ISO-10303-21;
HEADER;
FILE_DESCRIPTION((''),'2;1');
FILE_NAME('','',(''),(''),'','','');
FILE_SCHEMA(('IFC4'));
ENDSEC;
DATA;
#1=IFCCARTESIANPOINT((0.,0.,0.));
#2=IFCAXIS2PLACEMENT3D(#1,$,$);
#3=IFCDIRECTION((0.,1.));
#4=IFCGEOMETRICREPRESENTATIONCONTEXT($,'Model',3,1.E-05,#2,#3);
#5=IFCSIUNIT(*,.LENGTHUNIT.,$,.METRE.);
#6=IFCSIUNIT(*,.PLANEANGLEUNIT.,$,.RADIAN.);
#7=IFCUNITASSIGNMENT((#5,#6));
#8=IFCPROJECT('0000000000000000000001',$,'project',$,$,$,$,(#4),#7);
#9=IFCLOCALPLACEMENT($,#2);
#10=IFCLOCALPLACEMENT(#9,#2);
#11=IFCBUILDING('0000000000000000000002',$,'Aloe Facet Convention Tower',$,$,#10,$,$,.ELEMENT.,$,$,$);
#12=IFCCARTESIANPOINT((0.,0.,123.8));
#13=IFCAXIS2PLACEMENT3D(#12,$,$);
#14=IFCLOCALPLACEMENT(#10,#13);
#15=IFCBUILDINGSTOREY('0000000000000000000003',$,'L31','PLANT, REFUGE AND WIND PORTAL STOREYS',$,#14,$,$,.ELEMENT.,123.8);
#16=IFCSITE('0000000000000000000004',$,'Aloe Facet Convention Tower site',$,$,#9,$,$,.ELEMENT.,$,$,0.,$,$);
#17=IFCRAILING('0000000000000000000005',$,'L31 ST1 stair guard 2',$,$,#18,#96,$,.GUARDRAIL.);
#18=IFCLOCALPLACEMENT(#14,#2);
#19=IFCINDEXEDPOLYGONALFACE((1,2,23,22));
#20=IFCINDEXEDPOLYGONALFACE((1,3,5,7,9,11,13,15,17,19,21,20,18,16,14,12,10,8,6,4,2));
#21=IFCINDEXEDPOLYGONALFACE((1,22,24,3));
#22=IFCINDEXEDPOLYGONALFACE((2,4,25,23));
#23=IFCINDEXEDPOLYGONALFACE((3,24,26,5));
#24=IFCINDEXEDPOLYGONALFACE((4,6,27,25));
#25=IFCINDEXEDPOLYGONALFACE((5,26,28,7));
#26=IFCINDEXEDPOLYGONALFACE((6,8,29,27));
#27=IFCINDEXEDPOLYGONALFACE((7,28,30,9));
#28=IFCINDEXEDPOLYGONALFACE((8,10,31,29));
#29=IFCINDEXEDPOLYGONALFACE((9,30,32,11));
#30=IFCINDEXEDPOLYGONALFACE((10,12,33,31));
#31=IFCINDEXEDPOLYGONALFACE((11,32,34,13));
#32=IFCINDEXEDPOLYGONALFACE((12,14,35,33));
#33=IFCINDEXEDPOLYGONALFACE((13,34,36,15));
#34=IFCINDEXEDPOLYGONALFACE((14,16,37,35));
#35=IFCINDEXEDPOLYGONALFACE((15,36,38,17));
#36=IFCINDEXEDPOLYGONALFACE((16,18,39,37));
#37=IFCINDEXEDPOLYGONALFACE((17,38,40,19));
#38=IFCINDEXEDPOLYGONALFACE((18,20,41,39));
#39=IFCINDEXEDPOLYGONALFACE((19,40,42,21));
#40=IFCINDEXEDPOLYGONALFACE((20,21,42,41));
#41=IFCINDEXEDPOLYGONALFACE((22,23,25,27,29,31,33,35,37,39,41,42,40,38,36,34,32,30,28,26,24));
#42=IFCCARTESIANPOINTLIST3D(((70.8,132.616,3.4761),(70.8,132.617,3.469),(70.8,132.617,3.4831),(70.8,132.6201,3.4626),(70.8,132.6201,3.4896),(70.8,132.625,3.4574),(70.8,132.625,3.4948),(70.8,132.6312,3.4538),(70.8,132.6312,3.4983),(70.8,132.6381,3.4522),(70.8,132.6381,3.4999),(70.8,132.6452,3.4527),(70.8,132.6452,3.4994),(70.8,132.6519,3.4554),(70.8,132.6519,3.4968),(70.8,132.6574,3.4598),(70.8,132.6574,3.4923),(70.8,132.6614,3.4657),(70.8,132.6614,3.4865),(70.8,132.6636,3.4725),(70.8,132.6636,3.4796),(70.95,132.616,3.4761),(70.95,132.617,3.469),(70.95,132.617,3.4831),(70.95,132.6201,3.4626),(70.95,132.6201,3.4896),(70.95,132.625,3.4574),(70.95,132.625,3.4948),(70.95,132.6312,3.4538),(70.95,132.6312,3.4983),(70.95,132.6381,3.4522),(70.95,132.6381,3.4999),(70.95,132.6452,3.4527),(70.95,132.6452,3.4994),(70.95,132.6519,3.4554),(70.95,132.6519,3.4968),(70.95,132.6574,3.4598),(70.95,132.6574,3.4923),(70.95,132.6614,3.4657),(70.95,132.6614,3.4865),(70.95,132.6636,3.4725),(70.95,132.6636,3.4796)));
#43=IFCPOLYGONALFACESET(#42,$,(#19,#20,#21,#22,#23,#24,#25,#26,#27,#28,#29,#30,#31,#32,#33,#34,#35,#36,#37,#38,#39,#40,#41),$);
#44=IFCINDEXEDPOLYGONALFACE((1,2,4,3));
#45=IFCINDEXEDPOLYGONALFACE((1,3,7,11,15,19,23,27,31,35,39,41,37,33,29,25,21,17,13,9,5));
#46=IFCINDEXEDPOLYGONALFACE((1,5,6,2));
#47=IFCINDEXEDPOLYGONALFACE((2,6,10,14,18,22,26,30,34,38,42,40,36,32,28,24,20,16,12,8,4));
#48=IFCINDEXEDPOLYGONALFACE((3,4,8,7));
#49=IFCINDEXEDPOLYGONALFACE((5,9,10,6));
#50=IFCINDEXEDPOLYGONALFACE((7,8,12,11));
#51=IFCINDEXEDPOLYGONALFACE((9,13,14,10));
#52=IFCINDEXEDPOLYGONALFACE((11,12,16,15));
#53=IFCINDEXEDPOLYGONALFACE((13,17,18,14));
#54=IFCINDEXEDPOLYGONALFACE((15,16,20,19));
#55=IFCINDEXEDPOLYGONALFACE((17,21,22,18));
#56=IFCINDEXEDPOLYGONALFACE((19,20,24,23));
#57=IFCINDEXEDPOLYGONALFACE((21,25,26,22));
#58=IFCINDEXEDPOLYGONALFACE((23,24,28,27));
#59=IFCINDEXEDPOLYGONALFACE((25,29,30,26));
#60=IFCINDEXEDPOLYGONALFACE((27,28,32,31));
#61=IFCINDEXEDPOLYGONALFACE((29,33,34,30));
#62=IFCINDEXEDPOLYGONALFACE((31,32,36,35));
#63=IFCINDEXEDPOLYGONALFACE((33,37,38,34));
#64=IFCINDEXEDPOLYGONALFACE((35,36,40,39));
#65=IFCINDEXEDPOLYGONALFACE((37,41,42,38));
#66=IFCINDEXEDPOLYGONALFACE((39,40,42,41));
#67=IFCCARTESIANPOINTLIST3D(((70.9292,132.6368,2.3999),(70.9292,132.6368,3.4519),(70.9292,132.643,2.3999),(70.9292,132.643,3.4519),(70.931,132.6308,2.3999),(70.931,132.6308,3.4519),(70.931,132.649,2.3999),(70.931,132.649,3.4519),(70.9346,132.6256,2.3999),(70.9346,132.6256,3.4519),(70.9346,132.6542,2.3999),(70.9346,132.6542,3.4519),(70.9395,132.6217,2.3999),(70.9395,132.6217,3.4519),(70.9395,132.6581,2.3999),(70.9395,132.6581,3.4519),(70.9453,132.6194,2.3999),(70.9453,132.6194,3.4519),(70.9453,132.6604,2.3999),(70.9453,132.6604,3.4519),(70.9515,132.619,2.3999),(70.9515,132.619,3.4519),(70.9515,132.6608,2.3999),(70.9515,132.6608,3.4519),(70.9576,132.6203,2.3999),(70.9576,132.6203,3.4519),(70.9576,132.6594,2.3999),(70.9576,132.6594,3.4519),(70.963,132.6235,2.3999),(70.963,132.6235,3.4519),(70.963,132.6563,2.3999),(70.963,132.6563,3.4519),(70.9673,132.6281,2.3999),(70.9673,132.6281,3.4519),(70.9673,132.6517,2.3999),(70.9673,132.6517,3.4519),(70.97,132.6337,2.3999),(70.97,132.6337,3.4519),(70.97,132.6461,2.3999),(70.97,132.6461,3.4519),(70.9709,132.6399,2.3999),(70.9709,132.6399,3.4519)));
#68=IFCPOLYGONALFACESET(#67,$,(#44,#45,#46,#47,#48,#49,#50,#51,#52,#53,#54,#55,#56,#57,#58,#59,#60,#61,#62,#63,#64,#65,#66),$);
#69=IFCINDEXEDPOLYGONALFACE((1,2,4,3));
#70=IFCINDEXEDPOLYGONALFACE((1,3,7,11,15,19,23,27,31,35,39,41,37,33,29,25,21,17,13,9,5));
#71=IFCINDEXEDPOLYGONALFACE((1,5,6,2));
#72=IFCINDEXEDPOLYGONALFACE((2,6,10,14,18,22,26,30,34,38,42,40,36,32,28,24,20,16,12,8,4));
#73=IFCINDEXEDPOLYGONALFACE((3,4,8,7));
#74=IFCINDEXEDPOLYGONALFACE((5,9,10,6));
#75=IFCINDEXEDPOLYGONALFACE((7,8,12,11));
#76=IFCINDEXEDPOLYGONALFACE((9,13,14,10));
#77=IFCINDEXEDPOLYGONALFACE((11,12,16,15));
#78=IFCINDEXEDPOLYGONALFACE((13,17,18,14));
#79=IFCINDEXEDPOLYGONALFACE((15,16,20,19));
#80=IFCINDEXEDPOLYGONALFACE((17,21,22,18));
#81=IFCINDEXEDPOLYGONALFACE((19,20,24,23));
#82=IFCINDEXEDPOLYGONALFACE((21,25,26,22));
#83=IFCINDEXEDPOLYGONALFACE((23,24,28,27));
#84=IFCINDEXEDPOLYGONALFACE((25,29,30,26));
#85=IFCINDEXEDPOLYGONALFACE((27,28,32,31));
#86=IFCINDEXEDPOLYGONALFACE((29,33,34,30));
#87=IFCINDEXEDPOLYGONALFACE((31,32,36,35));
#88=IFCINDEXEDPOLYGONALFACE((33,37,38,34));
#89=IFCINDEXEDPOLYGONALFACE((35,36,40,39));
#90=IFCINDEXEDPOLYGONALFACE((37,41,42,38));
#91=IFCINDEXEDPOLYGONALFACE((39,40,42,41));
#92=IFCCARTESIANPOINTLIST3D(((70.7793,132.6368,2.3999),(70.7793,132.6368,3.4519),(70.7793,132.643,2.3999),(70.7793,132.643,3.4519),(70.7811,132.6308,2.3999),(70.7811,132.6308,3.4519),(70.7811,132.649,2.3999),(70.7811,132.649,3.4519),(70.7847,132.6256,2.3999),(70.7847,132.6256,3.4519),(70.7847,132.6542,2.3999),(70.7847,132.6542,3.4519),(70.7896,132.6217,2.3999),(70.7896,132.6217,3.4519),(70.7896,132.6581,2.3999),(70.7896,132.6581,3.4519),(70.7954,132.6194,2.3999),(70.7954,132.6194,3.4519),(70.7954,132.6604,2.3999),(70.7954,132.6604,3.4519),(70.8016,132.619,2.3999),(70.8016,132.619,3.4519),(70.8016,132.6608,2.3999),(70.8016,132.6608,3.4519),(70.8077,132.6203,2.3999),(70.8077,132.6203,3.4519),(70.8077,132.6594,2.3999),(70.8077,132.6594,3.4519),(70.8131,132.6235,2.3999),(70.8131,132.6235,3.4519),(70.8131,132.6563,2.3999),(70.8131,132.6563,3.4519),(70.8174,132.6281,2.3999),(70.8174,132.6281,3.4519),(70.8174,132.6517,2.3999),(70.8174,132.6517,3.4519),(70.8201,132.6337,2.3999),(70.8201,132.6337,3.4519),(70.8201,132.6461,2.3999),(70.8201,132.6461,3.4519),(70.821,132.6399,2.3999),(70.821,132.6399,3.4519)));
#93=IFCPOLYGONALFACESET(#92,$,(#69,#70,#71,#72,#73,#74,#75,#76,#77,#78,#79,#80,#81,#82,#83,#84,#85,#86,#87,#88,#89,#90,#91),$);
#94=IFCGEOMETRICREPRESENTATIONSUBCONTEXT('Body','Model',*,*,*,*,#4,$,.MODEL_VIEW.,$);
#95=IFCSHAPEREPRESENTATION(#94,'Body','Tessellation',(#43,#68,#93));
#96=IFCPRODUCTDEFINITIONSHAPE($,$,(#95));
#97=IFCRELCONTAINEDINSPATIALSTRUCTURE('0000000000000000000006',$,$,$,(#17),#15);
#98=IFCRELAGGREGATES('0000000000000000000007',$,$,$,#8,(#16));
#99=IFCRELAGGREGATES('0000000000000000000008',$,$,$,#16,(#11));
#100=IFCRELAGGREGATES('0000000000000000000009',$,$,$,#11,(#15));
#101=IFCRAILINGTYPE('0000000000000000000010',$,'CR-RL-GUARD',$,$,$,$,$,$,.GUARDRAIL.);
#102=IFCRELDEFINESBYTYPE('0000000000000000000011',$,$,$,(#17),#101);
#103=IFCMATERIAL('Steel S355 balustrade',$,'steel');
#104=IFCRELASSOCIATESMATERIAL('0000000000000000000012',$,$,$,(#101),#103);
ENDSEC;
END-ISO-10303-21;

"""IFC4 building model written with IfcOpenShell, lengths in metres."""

from ifc_helpers import new_model, si_unit, direction, frame, origin, origin_2d, place, context, subcontext, project, spatial, circle, extrude, material, type_object, element, save


model = new_model("IFC4")

# Units and contexts
model_context = context("Model", 3, precision=1e-05, world=origin(), true_north=direction((0.0, 1.0)))
body_context = subcontext(model_context, "Body", "Model", "MODEL_VIEW")
ifc_project = project(units=[si_unit("LENGTHUNIT", "METRE"), si_unit("PLANEANGLEUNIT", "RADIAN")], contexts=[model_context])

# Site, building, storey
site_placement = place(None, origin())
site = spatial("IfcSite", under=ifc_project, at=site_placement, Name="Aloe Facet Convention Tower site", CompositionType="ELEMENT", RefElevation=0.0)
building_placement = place(site_placement, origin())
building = spatial("IfcBuilding", under=site, at=building_placement, Name="Aloe Facet Convention Tower", CompositionType="ELEMENT")
storey_placement = place(building_placement, frame((0.0, 0.0, 123.8)))
storey = spatial("IfcBuildingStorey", under=building, at=storey_placement, Name="L31", Description="PLANT, REFUGE AND WIND PORTAL STOREYS", CompositionType="ELEMENT", Elevation=123.8)

# Railing
ifc_material_1 = material(Name="Steel S355 balustrade", Category="steel")
railing_type_1 = type_object("IfcRailingType", Name="CR-RL-GUARD", PredefinedType="GUARDRAIL", material=ifc_material_1)
railing_1_placement = place(storey_placement, frame((70.95, 132.6399, 2.3999)))
element("IfcRailing", 1, at=railing_1_placement, inside=storey, type_object=railing_type_1, Name="L31 ST1 stair guard 2", PredefinedType="GUARDRAIL", context=body_context, shape_type="SweptSolid", body=[
    extrude(circle(Radius=0.0239, at=origin_2d()), frame((0.0, 0.0, 1.0762), z_axis=(-1.0, 0.0, 0.0), x_axis=(0.0, -1.0, 0.0)), (0.0, 0.0, 1.0), 0.1499),
    extrude(circle(Radius=0.021, at=origin_2d()), origin(), (0.0, 0.0, 1.0), 1.052),
    extrude(circle(Radius=0.021, at=origin_2d()), frame((-0.1499, 0.0, 0.0)), (0.0, 0.0, 1.0), 1.052),
])

save(model, "model.ifc")
